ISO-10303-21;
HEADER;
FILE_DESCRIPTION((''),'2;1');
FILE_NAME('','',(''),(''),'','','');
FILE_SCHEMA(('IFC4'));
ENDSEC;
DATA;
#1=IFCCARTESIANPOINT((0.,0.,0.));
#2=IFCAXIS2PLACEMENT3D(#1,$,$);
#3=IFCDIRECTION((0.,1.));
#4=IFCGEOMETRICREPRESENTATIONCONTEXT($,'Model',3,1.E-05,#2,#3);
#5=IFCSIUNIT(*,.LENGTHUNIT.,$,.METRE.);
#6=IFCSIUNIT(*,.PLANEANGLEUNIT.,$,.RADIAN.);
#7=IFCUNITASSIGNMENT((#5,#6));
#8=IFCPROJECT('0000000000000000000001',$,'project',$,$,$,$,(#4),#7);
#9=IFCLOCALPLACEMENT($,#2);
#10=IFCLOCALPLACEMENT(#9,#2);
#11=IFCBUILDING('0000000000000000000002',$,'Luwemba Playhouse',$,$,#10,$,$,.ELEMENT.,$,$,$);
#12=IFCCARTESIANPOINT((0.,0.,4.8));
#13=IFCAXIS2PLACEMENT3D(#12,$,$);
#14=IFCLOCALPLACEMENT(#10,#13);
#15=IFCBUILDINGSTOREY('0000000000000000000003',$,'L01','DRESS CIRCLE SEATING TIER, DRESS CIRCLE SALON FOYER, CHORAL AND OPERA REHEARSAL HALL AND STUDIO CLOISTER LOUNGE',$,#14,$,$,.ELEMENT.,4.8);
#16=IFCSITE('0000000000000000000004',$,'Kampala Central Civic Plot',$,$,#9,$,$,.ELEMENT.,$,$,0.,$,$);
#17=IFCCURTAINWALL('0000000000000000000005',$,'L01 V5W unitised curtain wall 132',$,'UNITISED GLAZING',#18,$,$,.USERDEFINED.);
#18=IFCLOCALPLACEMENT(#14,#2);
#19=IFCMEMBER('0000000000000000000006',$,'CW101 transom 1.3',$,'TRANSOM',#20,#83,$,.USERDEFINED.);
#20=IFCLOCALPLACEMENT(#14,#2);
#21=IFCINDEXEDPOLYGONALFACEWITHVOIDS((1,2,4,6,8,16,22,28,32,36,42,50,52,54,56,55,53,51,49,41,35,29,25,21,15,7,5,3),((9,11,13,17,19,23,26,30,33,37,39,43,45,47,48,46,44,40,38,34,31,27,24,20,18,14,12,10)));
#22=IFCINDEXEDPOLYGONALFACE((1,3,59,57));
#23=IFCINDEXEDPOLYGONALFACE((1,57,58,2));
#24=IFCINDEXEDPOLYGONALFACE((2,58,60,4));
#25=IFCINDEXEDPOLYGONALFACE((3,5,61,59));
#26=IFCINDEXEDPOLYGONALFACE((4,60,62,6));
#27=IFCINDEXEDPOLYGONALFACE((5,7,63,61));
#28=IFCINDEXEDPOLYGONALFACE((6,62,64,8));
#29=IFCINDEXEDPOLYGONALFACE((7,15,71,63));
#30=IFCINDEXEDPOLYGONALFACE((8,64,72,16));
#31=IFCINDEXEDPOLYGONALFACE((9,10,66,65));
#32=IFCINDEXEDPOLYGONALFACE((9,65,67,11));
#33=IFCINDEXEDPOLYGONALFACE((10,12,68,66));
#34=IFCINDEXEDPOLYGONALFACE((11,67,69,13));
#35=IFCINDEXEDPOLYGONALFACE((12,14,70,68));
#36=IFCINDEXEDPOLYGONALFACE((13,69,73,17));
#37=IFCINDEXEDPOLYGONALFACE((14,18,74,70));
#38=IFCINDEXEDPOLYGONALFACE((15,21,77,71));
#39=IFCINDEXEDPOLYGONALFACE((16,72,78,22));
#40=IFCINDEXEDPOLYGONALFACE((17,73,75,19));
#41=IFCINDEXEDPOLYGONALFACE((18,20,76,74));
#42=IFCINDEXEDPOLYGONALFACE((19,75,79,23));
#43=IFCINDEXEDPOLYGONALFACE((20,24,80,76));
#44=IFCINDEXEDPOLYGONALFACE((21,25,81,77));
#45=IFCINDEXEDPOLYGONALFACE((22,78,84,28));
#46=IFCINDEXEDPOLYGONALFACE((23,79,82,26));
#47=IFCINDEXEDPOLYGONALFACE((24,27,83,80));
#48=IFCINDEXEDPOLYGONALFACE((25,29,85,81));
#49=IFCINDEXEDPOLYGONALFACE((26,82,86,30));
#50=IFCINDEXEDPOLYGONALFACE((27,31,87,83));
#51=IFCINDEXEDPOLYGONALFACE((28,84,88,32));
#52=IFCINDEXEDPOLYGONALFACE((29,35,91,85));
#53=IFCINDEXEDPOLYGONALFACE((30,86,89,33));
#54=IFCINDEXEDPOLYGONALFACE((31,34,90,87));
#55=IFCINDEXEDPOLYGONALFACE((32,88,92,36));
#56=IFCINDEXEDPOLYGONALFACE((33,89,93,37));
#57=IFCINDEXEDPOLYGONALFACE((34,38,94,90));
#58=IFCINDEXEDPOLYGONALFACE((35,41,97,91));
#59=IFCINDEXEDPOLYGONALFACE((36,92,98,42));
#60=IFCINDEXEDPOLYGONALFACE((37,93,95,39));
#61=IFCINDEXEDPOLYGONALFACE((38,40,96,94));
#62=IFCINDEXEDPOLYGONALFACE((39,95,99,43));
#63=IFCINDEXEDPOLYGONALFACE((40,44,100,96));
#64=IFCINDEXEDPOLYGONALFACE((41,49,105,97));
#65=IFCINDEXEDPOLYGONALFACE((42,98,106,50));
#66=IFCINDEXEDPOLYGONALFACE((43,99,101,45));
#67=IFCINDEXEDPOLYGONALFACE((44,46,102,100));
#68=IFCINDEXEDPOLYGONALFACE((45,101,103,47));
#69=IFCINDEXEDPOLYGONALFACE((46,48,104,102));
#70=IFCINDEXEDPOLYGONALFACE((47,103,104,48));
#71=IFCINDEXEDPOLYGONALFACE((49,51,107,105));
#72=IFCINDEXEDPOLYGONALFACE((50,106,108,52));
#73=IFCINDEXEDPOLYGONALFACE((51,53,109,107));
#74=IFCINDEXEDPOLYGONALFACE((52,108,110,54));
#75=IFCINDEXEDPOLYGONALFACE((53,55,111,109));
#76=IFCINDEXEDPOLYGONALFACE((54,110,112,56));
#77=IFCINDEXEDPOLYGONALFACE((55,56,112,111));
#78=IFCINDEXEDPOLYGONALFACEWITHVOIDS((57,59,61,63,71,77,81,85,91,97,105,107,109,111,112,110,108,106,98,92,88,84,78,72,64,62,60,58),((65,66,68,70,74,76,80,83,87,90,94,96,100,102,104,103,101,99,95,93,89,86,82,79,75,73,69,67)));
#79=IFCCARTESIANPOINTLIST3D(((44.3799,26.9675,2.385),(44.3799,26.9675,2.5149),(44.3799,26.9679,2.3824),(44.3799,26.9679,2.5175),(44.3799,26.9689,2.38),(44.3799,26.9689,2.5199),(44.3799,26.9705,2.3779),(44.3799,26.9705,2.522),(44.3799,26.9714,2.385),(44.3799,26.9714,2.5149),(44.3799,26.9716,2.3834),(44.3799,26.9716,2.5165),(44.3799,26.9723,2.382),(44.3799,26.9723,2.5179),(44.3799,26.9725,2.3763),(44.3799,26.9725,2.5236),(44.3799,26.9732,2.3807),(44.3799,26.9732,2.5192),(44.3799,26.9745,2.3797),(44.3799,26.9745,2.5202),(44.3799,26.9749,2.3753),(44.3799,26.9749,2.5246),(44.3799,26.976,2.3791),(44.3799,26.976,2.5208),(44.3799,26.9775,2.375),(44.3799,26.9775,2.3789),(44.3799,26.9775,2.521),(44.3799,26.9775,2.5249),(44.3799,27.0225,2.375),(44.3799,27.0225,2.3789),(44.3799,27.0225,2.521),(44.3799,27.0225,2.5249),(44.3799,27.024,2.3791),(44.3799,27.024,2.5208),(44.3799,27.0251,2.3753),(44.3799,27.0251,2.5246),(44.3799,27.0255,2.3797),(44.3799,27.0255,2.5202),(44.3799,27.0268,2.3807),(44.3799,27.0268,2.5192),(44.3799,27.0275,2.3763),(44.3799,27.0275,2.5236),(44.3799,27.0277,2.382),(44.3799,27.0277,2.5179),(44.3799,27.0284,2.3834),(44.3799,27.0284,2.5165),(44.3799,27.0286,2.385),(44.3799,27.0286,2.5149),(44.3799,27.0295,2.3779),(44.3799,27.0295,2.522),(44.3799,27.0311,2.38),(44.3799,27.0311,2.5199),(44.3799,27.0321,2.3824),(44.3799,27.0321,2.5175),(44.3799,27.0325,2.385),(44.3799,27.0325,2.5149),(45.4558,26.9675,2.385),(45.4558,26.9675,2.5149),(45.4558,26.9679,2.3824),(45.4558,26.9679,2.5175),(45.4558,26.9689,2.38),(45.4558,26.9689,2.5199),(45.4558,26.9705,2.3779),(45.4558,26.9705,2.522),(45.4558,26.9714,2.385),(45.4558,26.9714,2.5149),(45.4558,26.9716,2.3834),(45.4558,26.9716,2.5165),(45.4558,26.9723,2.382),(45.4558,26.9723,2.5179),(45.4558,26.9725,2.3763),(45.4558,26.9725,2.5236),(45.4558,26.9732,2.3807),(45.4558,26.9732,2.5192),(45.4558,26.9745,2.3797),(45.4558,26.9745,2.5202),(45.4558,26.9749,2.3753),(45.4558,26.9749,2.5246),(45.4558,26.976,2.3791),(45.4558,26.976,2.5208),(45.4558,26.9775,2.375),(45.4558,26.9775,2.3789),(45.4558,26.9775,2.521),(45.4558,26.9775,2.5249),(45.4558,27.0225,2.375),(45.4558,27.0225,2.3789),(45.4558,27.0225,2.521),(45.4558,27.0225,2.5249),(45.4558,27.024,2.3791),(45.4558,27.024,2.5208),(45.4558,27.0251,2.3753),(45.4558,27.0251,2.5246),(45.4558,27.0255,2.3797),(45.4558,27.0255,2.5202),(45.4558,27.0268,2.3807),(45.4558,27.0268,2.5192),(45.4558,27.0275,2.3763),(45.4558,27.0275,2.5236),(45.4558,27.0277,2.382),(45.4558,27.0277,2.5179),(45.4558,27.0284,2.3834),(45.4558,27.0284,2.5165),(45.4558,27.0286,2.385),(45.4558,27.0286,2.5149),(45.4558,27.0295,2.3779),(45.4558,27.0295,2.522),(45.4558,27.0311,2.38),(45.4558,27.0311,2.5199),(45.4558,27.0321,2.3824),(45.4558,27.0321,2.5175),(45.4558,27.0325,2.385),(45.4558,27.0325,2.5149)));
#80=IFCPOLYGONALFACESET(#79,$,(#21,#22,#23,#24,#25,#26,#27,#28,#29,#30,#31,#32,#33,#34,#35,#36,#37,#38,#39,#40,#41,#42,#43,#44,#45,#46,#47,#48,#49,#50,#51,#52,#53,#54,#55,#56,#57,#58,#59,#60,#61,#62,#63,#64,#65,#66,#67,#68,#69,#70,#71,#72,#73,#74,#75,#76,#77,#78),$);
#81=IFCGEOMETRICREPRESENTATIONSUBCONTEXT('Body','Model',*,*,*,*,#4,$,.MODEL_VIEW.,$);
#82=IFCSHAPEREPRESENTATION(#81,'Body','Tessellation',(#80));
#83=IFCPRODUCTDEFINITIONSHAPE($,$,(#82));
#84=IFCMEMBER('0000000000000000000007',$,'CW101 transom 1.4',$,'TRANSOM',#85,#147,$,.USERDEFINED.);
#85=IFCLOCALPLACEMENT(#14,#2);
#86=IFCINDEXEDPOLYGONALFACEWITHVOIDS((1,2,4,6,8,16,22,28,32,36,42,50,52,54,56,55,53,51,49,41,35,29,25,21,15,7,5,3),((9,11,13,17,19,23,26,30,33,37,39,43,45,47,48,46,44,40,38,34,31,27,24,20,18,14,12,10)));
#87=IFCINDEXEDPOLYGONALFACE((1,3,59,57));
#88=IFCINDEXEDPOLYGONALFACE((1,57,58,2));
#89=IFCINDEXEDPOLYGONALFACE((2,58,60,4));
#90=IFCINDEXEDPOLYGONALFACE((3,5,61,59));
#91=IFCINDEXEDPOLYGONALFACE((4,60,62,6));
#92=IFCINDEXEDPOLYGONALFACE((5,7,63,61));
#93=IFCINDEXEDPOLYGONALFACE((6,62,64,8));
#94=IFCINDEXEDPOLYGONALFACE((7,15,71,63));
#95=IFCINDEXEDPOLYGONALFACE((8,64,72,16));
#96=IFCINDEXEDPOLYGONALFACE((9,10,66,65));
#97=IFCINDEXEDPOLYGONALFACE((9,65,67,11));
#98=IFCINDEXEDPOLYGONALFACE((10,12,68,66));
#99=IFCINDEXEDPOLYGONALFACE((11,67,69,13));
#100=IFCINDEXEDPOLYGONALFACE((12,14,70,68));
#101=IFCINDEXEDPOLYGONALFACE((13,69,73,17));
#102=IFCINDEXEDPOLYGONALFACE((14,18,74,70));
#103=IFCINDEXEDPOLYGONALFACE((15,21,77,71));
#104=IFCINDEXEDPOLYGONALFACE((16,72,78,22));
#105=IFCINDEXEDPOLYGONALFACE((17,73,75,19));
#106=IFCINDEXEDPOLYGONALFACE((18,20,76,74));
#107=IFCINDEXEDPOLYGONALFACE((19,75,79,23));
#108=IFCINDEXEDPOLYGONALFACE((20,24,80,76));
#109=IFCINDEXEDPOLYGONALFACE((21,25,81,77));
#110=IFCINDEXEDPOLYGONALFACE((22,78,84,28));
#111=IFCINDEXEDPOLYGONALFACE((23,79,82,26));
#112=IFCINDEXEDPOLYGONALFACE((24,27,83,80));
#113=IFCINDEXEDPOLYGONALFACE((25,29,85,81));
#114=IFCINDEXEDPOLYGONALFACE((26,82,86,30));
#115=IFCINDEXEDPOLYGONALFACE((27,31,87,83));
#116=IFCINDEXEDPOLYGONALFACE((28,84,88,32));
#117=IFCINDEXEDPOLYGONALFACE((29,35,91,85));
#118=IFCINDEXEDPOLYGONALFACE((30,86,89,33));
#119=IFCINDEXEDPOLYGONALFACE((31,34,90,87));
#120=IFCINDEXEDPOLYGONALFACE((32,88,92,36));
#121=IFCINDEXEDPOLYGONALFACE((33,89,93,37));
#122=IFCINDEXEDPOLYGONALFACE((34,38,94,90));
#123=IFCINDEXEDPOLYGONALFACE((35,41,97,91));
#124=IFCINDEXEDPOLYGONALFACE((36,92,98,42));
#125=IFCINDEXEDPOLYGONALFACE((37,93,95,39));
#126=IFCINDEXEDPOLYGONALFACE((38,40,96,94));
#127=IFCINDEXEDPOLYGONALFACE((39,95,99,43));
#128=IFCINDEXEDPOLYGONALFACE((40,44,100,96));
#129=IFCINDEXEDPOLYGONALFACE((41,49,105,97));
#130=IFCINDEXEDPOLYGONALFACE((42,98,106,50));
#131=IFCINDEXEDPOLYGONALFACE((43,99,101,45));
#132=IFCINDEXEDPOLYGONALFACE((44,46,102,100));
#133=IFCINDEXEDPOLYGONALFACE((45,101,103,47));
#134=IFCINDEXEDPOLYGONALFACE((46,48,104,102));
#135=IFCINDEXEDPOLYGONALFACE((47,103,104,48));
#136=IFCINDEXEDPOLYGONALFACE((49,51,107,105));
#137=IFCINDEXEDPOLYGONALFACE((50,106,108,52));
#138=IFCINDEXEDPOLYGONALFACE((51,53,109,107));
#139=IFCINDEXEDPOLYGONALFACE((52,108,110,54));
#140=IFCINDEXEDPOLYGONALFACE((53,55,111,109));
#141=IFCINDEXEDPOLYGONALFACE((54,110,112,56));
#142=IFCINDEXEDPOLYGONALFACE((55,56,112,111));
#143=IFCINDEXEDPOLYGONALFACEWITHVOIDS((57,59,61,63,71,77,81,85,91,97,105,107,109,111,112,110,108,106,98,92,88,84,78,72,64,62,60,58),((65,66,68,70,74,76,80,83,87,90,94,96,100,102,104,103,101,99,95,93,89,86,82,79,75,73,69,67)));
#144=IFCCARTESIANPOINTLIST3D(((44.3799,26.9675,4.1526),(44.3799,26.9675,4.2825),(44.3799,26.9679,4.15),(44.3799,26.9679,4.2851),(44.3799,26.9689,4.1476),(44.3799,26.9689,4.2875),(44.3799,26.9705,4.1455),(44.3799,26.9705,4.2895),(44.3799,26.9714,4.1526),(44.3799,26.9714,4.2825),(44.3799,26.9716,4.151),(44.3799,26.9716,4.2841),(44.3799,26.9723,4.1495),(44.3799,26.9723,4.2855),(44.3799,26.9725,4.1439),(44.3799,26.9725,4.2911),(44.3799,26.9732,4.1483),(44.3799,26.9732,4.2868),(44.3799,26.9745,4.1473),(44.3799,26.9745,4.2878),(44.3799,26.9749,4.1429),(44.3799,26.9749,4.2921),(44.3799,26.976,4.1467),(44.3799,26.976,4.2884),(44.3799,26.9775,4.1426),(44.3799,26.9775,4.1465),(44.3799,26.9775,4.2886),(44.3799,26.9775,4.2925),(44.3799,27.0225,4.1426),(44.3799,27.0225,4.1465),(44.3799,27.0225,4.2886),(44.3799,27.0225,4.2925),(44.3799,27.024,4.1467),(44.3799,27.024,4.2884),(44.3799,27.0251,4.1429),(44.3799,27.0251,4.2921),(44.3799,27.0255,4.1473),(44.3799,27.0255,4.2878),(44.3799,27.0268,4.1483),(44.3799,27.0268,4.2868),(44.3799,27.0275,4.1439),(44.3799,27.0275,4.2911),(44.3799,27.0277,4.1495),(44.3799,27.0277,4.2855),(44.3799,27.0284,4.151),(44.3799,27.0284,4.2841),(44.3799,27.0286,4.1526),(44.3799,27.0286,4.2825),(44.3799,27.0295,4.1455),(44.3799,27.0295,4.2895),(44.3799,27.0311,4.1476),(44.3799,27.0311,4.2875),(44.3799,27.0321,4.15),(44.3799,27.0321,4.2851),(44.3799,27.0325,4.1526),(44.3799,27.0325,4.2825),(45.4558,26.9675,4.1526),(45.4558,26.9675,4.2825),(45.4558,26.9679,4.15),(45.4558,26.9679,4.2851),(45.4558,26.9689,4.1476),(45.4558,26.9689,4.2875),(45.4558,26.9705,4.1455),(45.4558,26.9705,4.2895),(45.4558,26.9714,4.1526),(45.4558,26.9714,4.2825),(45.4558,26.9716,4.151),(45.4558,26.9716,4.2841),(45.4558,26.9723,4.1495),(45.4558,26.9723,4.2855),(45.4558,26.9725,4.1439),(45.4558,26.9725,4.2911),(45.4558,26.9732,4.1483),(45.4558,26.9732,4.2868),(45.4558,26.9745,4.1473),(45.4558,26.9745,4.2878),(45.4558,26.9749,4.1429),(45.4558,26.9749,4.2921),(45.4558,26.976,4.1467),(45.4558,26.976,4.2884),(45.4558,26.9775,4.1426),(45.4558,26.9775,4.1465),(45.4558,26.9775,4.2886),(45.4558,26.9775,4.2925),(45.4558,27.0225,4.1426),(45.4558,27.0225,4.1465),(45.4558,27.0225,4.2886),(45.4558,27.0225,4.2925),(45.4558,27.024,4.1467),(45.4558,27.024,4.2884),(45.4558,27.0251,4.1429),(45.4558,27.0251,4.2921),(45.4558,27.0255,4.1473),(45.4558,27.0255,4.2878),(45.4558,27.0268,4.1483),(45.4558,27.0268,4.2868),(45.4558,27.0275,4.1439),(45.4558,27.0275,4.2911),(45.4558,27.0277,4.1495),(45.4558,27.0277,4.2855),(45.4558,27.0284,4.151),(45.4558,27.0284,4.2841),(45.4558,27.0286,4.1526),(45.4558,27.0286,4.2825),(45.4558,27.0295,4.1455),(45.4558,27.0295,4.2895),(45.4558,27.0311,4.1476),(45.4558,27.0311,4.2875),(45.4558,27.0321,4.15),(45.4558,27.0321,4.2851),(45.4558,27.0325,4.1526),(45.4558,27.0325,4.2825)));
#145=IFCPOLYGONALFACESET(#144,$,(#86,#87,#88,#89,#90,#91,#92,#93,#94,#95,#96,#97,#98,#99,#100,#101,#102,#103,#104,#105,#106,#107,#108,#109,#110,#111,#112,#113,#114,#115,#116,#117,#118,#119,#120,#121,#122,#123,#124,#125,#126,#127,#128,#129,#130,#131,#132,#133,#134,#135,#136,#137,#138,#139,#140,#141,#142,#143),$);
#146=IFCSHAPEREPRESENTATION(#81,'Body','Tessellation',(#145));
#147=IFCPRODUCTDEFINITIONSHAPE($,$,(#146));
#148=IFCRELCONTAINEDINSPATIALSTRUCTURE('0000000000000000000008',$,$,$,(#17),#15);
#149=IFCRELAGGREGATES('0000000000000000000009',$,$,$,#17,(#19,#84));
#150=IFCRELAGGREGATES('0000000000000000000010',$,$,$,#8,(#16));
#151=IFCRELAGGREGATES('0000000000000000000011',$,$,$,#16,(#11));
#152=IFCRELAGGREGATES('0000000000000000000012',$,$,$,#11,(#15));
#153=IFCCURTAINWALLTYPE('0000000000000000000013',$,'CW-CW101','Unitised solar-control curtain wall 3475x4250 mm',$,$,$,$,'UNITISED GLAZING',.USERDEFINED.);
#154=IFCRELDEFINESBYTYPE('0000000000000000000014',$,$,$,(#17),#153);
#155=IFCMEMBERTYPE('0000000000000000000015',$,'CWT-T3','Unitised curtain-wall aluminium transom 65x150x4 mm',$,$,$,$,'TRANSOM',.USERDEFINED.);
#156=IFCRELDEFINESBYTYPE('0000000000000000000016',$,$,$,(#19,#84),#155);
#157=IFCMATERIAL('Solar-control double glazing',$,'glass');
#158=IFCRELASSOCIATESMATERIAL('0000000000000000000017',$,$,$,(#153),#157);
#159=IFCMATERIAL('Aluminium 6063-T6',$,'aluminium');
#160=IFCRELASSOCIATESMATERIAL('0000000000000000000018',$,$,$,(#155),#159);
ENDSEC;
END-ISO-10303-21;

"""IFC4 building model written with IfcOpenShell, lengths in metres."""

from ifc_helpers import new_model, si_unit, direction, frame, origin, origin_2d, place, context, subcontext, project, spatial, hollow_rectangle, extrude, material, material_profile, profile_set, type_object, element, aggregate, save


model = new_model("IFC4")

# Units and contexts
model_context = context("Model", 3, precision=1e-05, world=origin(), true_north=direction((0.0, 1.0)))
body_context = subcontext(model_context, "Body", "Model", "MODEL_VIEW")
ifc_project = project(units=[si_unit("LENGTHUNIT", "METRE"), si_unit("PLANEANGLEUNIT", "RADIAN")], contexts=[model_context])

# Site, building, storey
site_placement = place(None, origin())
site = spatial("IfcSite", under=ifc_project, at=site_placement, Name="Kampala Central Civic Plot", CompositionType="ELEMENT", RefElevation=0.0)
building_placement = place(site_placement, origin())
building = spatial("IfcBuilding", under=site, at=building_placement, Name="Luwemba Playhouse", CompositionType="ELEMENT")
storey_placement = place(building_placement, frame((0.0, 0.0, 4.8)))
storey = spatial("IfcBuildingStorey", under=building, at=storey_placement, Name="L01", Description="DRESS CIRCLE SEATING TIER, DRESS CIRCLE SALON FOYER, CHORAL AND OPERA REHEARSAL HALL AND STUDIO CLOISTER LOUNGE", CompositionType="ELEMENT", Elevation=4.8)

# Shared definitions
ifc_material_1 = material(Name="Solar-control double glazing", Category="glass")
ifc_material_2 = material(Name="Aluminium 6063-T6", Category="aluminium")

# Curtain wall
curtain_wall_type_1 = type_object("IfcCurtainWallType", Name="CW-CW101", Description="Unitised solar-control curtain wall 3475x4250 mm", ElementType="UNITISED GLAZING", PredefinedType="USERDEFINED", material=ifc_material_1)
curtain_wall_1_placement = place(storey_placement, origin())
curtain_wall_1 = element("IfcCurtainWall", 1, at=curtain_wall_1_placement, inside=storey, type_object=curtain_wall_type_1, Name="L01 V5W unitised curtain wall 132", ObjectType="UNITISED GLAZING", PredefinedType="USERDEFINED")

# Members
ifc_material_profile_1 = material_profile(ifc_material_2, hollow_rectangle(XDim=0.0649, YDim=0.1499, WallThickness=0.0039, InnerFilletRadius=0.0061, OuterFilletRadius=0.01, at=origin_2d()))
ifc_profile_set_1 = profile_set([ifc_material_profile_1], Name="Aluminium 6063-T6")
member_type_1 = type_object("IfcMemberType", Name="CWT-T3", Description="Unitised curtain-wall aluminium transom 65x150x4 mm", ElementType="TRANSOM", PredefinedType="USERDEFINED", material=ifc_profile_set_1)
member_1_placement = place(storey_placement, frame((44.3799, 27.0, 2.45), z_axis=(1.0, 0.0, 0.0), x_axis=(0.0, 1.0, 0.0)))
member_1 = element("IfcMember", 2, at=member_1_placement, type_object=member_type_1, Name="CW101 transom 1.3", ObjectType="TRANSOM", PredefinedType="USERDEFINED", context=body_context, shape_type="SweptSolid", body=[
    extrude(hollow_rectangle(XDim=0.0649, YDim=0.1499, WallThickness=0.0039, InnerFilletRadius=0.0061, OuterFilletRadius=0.01, at=origin_2d()), origin(), (0.0, 0.0, 1.0), 1.0759),
])
member_2_placement = place(storey_placement, frame((44.3799, 27.0, 4.2175), z_axis=(1.0, 0.0, 0.0), x_axis=(0.0, 1.0, 0.0)))
member_2 = element("IfcMember", 3, at=member_2_placement, type_object=member_type_1, Name="CW101 transom 1.4", ObjectType="TRANSOM", PredefinedType="USERDEFINED", context=body_context, shape_type="SweptSolid", body=[
    extrude(hollow_rectangle(XDim=0.0649, YDim=0.1499, WallThickness=0.0039, InnerFilletRadius=0.0061, OuterFilletRadius=0.01, at=origin_2d()), origin(), (0.0, 0.0, 1.0), 1.0759),
])

aggregate(curtain_wall_1, [member_1, member_2])

save(model, "model.ifc")
